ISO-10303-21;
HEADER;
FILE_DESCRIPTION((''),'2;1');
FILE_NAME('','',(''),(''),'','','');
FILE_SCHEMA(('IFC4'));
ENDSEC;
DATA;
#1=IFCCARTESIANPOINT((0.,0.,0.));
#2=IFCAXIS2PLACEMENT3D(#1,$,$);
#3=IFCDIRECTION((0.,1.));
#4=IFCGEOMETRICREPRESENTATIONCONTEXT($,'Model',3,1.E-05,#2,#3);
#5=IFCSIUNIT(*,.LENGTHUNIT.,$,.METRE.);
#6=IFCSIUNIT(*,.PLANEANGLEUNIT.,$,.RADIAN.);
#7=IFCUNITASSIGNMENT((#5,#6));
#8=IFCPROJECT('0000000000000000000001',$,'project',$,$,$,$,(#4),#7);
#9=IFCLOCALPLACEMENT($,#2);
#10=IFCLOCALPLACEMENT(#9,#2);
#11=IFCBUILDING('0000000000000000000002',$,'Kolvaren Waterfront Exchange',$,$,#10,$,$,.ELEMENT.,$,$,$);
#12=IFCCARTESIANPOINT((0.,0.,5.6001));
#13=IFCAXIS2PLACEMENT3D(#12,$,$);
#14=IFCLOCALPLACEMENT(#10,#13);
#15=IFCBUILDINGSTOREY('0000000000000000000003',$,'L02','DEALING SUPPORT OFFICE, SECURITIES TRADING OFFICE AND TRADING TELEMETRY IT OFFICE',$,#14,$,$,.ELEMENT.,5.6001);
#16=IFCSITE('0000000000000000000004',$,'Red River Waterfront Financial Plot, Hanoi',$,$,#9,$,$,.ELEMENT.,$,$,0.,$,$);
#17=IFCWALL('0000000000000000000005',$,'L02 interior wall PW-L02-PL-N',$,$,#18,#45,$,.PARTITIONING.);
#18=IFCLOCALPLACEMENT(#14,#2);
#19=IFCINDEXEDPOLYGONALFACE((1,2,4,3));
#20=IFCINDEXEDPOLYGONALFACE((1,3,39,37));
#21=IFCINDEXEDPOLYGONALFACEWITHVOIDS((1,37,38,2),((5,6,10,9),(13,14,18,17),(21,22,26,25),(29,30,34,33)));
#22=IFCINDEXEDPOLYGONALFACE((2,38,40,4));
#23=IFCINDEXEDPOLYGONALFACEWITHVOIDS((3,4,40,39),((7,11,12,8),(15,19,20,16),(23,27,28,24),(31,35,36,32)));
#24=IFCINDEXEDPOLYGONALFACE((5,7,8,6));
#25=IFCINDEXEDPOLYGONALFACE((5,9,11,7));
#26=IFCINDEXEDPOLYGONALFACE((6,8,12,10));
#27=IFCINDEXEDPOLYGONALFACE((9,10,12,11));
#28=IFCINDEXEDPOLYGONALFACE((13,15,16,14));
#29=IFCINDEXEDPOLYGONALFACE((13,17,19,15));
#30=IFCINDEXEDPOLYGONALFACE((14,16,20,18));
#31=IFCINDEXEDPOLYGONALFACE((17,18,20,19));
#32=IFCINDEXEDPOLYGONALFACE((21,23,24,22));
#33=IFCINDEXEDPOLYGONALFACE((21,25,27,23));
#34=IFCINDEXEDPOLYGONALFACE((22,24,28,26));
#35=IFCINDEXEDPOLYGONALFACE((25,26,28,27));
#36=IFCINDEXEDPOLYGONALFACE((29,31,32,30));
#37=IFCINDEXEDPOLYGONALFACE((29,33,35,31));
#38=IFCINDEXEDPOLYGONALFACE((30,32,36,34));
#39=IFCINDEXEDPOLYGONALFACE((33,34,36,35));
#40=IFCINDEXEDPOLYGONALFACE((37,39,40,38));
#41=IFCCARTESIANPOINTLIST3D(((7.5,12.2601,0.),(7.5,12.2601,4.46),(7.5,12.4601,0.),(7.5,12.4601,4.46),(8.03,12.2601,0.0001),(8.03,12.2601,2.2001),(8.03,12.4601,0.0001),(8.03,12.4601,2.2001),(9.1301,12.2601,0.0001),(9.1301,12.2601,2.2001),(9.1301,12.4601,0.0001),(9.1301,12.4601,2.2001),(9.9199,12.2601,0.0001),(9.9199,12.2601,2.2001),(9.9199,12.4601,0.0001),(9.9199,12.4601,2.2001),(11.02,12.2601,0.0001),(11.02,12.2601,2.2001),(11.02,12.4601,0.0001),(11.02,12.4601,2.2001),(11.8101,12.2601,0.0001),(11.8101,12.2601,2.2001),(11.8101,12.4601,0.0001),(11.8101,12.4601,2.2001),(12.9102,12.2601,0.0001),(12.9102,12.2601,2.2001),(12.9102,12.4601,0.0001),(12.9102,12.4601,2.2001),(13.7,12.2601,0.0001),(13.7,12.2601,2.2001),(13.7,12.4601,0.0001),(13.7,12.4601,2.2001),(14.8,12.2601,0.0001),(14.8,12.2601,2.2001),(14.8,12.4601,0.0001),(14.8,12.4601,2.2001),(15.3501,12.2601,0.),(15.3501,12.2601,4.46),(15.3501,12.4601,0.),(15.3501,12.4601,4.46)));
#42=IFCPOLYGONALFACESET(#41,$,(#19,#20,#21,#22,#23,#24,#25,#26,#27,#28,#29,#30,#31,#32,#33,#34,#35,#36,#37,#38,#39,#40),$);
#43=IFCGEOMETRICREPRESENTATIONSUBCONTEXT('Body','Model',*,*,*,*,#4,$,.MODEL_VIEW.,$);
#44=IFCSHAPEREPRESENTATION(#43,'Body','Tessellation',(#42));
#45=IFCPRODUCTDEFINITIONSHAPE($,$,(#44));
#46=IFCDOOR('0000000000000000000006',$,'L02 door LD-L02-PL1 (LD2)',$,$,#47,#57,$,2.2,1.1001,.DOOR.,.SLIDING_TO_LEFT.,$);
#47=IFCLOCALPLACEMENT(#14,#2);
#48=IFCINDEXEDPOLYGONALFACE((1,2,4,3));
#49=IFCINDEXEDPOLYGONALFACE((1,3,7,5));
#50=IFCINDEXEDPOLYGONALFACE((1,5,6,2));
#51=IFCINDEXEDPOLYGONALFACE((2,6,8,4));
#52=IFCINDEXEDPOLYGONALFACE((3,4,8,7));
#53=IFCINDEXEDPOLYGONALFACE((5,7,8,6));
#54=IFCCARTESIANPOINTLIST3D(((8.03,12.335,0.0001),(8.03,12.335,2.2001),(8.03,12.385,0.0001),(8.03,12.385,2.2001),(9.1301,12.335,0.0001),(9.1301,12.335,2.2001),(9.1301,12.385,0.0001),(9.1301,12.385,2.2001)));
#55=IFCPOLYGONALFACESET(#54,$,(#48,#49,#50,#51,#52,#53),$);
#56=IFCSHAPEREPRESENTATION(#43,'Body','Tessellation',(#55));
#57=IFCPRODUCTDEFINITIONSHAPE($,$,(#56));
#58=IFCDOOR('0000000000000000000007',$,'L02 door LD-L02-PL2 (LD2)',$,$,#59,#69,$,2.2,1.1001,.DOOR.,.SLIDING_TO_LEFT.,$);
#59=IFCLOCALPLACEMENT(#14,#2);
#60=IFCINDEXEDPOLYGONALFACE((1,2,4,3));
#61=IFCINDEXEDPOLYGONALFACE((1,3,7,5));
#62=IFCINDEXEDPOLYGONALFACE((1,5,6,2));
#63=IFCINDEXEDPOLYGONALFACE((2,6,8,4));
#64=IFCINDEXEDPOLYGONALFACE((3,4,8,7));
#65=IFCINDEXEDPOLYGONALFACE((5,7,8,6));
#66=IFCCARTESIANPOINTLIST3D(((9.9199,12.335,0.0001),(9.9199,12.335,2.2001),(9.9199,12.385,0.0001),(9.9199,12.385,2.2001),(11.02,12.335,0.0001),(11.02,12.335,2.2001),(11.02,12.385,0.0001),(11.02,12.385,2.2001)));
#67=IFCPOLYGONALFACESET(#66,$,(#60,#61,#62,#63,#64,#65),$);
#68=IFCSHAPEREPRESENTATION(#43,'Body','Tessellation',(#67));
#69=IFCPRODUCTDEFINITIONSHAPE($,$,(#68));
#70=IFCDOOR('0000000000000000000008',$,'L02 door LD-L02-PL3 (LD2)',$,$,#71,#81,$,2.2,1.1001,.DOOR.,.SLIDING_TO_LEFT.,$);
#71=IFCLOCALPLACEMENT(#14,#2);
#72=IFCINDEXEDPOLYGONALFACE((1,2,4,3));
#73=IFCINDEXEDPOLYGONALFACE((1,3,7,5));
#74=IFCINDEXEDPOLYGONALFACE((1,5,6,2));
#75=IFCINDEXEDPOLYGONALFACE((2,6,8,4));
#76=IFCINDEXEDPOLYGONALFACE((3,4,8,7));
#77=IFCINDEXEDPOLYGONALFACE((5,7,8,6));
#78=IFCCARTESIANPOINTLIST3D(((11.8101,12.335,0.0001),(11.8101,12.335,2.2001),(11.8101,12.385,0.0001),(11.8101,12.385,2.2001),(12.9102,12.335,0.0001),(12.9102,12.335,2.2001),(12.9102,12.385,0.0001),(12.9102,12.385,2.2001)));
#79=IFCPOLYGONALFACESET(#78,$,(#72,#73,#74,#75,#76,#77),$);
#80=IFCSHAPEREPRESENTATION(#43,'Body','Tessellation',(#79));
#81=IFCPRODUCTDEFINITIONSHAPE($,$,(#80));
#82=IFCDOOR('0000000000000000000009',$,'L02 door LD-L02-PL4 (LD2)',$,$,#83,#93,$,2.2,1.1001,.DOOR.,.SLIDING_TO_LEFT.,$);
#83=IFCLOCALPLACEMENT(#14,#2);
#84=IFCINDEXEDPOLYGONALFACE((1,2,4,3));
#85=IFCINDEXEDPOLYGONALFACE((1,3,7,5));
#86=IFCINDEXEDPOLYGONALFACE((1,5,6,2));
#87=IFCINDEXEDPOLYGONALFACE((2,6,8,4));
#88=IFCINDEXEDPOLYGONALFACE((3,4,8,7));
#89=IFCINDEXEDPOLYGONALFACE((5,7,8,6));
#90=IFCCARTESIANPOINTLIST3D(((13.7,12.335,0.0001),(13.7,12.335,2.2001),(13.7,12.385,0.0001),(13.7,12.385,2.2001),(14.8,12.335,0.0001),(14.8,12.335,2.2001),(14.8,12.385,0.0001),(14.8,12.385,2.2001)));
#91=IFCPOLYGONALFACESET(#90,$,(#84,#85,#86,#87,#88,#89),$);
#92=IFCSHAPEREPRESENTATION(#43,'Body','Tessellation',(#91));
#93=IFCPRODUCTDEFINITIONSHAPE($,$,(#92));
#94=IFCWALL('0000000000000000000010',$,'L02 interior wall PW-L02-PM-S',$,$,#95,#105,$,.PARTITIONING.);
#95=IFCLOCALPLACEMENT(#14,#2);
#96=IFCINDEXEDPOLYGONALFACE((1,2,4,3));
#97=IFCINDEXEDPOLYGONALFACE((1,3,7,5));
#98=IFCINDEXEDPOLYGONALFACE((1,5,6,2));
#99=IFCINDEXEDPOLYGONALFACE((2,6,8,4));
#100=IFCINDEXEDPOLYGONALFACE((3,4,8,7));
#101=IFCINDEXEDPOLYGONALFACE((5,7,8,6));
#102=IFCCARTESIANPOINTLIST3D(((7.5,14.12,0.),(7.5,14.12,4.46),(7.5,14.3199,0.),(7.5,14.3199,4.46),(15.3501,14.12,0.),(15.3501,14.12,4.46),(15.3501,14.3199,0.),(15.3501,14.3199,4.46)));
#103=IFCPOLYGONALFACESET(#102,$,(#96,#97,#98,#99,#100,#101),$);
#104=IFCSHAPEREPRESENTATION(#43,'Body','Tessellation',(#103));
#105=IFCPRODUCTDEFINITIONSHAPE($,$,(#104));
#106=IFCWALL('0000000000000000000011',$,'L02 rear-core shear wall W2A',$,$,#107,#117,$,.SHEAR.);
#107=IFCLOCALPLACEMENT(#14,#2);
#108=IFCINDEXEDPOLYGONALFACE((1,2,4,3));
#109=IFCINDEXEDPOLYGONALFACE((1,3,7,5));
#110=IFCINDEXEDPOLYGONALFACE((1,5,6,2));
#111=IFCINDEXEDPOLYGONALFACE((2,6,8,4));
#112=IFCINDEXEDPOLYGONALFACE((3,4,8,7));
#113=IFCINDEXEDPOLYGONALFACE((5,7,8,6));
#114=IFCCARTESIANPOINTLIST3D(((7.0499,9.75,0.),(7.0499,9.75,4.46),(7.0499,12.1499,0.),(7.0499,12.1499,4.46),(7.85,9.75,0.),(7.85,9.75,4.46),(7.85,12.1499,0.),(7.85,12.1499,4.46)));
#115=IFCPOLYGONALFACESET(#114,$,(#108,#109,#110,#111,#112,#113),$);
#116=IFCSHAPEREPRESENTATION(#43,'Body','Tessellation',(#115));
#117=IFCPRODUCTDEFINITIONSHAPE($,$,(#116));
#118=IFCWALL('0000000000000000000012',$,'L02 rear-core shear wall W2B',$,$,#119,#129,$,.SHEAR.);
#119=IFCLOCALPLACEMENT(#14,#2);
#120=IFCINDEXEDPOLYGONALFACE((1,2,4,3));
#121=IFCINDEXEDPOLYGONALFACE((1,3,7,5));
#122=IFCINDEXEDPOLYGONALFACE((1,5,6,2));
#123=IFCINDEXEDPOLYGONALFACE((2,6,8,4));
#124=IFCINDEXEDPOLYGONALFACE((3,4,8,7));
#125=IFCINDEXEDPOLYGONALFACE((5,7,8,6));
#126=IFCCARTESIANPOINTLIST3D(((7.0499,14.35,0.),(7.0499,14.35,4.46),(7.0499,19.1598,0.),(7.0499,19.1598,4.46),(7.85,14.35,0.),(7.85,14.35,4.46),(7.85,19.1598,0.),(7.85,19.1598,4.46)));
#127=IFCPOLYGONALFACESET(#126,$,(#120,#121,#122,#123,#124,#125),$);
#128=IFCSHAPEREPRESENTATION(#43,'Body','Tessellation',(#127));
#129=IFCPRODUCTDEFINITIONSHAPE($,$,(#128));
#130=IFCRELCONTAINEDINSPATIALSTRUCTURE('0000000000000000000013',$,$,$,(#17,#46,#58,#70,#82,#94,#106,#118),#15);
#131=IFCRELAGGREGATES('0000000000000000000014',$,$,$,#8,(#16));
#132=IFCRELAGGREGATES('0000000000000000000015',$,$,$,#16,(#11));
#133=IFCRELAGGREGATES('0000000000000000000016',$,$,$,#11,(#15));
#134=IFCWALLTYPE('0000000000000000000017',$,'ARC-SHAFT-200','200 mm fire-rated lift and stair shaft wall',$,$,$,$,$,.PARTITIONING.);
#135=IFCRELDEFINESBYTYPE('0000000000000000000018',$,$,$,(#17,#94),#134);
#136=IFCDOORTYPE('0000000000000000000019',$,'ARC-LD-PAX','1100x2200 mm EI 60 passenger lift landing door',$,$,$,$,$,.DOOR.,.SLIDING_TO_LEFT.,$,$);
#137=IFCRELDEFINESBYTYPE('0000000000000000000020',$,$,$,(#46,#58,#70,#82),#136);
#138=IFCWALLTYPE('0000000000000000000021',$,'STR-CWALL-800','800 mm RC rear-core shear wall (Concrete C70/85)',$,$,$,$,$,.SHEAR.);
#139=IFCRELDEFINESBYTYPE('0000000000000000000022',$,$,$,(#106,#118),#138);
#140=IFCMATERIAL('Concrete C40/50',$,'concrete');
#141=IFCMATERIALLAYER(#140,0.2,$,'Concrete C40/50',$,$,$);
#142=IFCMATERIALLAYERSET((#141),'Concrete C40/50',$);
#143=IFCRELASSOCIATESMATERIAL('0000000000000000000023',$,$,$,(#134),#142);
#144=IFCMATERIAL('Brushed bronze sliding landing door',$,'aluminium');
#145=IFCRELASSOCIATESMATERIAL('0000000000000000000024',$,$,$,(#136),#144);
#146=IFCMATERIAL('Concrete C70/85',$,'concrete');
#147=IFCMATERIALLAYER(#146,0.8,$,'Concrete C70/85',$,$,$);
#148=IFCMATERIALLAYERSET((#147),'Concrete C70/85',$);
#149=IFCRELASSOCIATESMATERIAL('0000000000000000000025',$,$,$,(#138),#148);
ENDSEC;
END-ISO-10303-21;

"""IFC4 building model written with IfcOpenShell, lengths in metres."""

from ifc_helpers import new_model, si_unit, direction, frame, frame_2d, origin, place, context, subcontext, project, spatial, rectangle, extrude, material, layer, layer_set, type_object, element, fill, save


model = new_model("IFC4")

# Units and contexts
model_context = context("Model", 3, precision=1e-05, world=origin(), true_north=direction((0.0, 1.0)))
body_context = subcontext(model_context, "Body", "Model", "MODEL_VIEW")
ifc_project = project(units=[si_unit("LENGTHUNIT", "METRE"), si_unit("PLANEANGLEUNIT", "RADIAN")], contexts=[model_context])

# Site, building, storey
site_placement = place(None, origin())
site = spatial("IfcSite", under=ifc_project, at=site_placement, Name="Red River Waterfront Financial Plot, Hanoi", CompositionType="ELEMENT", RefElevation=0.0)
building_placement = place(site_placement, origin())
building = spatial("IfcBuilding", under=site, at=building_placement, Name="Kolvaren Waterfront Exchange", CompositionType="ELEMENT")
storey_placement = place(building_placement, frame((0.0, 0.0, 5.6001)))
storey = spatial("IfcBuildingStorey", under=building, at=storey_placement, Name="L02", Description="DEALING SUPPORT OFFICE, SECURITIES TRADING OFFICE AND TRADING TELEMETRY IT OFFICE", CompositionType="ELEMENT", Elevation=5.6001)

# Shared definitions
ifc_material_1 = material(Name="Concrete C70/85", Category="concrete")

# Wall, openings, doors
ifc_material_2 = material(Name="Concrete C40/50", Category="concrete")
ifc_layer_1 = layer(ifc_material_2, 0.2, Name="Concrete C40/50")
ifc_layer_set_1 = layer_set([ifc_layer_1], Name="Concrete C40/50")
wall_type_1 = type_object("IfcWallType", Name="ARC-SHAFT-200", Description="200 mm fire-rated lift and stair shaft wall", PredefinedType="PARTITIONING", material=ifc_layer_set_1)
wall_1_placement = place(storey_placement, frame((7.5, 12.3601, 0.0), z_axis=(0.0, 0.0, 1.0), x_axis=(1.0, 0.0, 0.0)))
wall_1 = element("IfcWall", 1, at=wall_1_placement, inside=storey, type_object=wall_type_1, Name="L02 interior wall PW-L02-PL-N", PredefinedType="PARTITIONING", context=body_context, shape_type="SweptSolid", body=[
    extrude(rectangle(XDim=7.8501, YDim=0.2, at=frame_2d((3.925, 0.0))), origin(), (0.0, 0.0, 1.0), 4.46),
])
opening_1_placement = place(wall_1_placement, frame((0.53, 0.0, 0.0)))
opening_1 = element("IfcOpeningElement", 2, at=opening_1_placement, cuts=wall_1, PredefinedType="OPENING", context=body_context, shape_type="SweptSolid", body=[
    extrude(rectangle(XDim=1.1001, YDim=2.2, at=frame_2d((0.55, 1.1001))), frame((0.0, 0.1099, 0.0), z_axis=(0.0, -1.0, 0.0), x_axis=(1.0, 0.0, 0.0)), (0.0, 0.0, 1.0), 0.22),
])
opening_2_placement = place(wall_1_placement, frame((2.4199, 0.0, 0.0)))
opening_2 = element("IfcOpeningElement", 3, at=opening_2_placement, cuts=wall_1, PredefinedType="OPENING", context=body_context, shape_type="SweptSolid", body=[
    extrude(rectangle(XDim=1.1001, YDim=2.2, at=frame_2d((0.55, 1.1001))), frame((0.0, 0.1099, 0.0), z_axis=(0.0, -1.0, 0.0), x_axis=(1.0, 0.0, 0.0)), (0.0, 0.0, 1.0), 0.22),
])
opening_3_placement = place(wall_1_placement, frame((4.3101, 0.0, 0.0)))
opening_3 = element("IfcOpeningElement", 4, at=opening_3_placement, cuts=wall_1, PredefinedType="OPENING", context=body_context, shape_type="SweptSolid", body=[
    extrude(rectangle(XDim=1.1001, YDim=2.2, at=frame_2d((0.55, 1.1001))), frame((0.0, 0.1099, 0.0), z_axis=(0.0, -1.0, 0.0), x_axis=(1.0, 0.0, 0.0)), (0.0, 0.0, 1.0), 0.22),
])
opening_4_placement = place(wall_1_placement, frame((6.2, 0.0, 0.0)))
opening_4 = element("IfcOpeningElement", 5, at=opening_4_placement, cuts=wall_1, PredefinedType="OPENING", context=body_context, shape_type="SweptSolid", body=[
    extrude(rectangle(XDim=1.1001, YDim=2.2, at=frame_2d((0.55, 1.1001))), frame((0.0, 0.1099, 0.0), z_axis=(0.0, -1.0, 0.0), x_axis=(1.0, 0.0, 0.0)), (0.0, 0.0, 1.0), 0.22),
])
ifc_material_3 = material(Name="Brushed bronze sliding landing door", Category="aluminium")
door_type_1 = type_object("IfcDoorType", Name="ARC-LD-PAX", Description="1100x2200 mm EI 60 passenger lift landing door", OperationType="SLIDING_TO_LEFT", PredefinedType="DOOR", material=ifc_material_3)
door_1_placement = place(opening_1_placement, origin())
door_1 = element("IfcDoor", 6, at=door_1_placement, inside=storey, type_object=door_type_1, Name="L02 door LD-L02-PL1 (LD2)", OperationType="SLIDING_TO_LEFT", OverallHeight=2.2, OverallWidth=1.1001, PredefinedType="DOOR", context=body_context, shape_type="SweptSolid", body=[
    extrude(rectangle(XDim=1.1001, YDim=2.2, at=frame_2d((0.55, 1.1001))), frame((0.0, 0.0249, 0.0), z_axis=(0.0, -1.0, 0.0), x_axis=(1.0, 0.0, 0.0)), (0.0, 0.0, 1.0), 0.05),
])
fill(opening_1, door_1)
door_2_placement = place(opening_2_placement, origin())
door_2 = element("IfcDoor", 7, at=door_2_placement, inside=storey, type_object=door_type_1, Name="L02 door LD-L02-PL2 (LD2)", OperationType="SLIDING_TO_LEFT", OverallHeight=2.2, OverallWidth=1.1001, PredefinedType="DOOR", context=body_context, shape_type="SweptSolid", body=[
    extrude(rectangle(XDim=1.1001, YDim=2.2, at=frame_2d((0.55, 1.1001))), frame((0.0, 0.0249, 0.0), z_axis=(0.0, -1.0, 0.0), x_axis=(1.0, 0.0, 0.0)), (0.0, 0.0, 1.0), 0.05),
])
fill(opening_2, door_2)
door_3_placement = place(opening_3_placement, origin())
door_3 = element("IfcDoor", 8, at=door_3_placement, inside=storey, type_object=door_type_1, Name="L02 door LD-L02-PL3 (LD2)", OperationType="SLIDING_TO_LEFT", OverallHeight=2.2, OverallWidth=1.1001, PredefinedType="DOOR", context=body_context, shape_type="SweptSolid", body=[
    extrude(rectangle(XDim=1.1001, YDim=2.2, at=frame_2d((0.55, 1.1001))), frame((0.0, 0.0249, 0.0), z_axis=(0.0, -1.0, 0.0), x_axis=(1.0, 0.0, 0.0)), (0.0, 0.0, 1.0), 0.05),
])
fill(opening_3, door_3)
door_4_placement = place(opening_4_placement, origin())
door_4 = element("IfcDoor", 9, at=door_4_placement, inside=storey, type_object=door_type_1, Name="L02 door LD-L02-PL4 (LD2)", OperationType="SLIDING_TO_LEFT", OverallHeight=2.2, OverallWidth=1.1001, PredefinedType="DOOR", context=body_context, shape_type="SweptSolid", body=[
    extrude(rectangle(XDim=1.1001, YDim=2.2, at=frame_2d((0.55, 1.1001))), frame((0.0, 0.0249, 0.0), z_axis=(0.0, -1.0, 0.0), x_axis=(1.0, 0.0, 0.0)), (0.0, 0.0, 1.0), 0.05),
])
fill(opening_4, door_4)

# Walls
wall_2_placement = place(storey_placement, frame((7.5, 14.22, 0.0), z_axis=(0.0, 0.0, 1.0), x_axis=(1.0, 0.0, 0.0)))
element("IfcWall", 10, at=wall_2_placement, inside=storey, type_object=wall_type_1, Name="L02 interior wall PW-L02-PM-S", PredefinedType="PARTITIONING", context=body_context, shape_type="SweptSolid", body=[
    extrude(rectangle(XDim=7.8501, YDim=0.2, at=frame_2d((3.925, 0.0))), origin(), (0.0, 0.0, 1.0), 4.46),
])
ifc_layer_2 = layer(ifc_material_1, 0.8, Name="Concrete C70/85")
ifc_layer_set_2 = layer_set([ifc_layer_2], Name="Concrete C70/85")
wall_type_2 = type_object("IfcWallType", Name="STR-CWALL-800", Description="800 mm RC rear-core shear wall (Concrete C70/85)", PredefinedType="SHEAR", material=ifc_layer_set_2)
wall_3_placement = place(storey_placement, frame((7.45, 9.75, 0.0), z_axis=(0.0, 0.0, 1.0), x_axis=(0.0, 1.0, 0.0)))
element("IfcWall", 11, at=wall_3_placement, inside=storey, type_object=wall_type_2, Name="L02 rear-core shear wall W2A", PredefinedType="SHEAR", context=body_context, shape_type="SweptSolid", body=[
    extrude(rectangle(XDim=2.3999, YDim=0.8, at=frame_2d((1.2, 0.0))), origin(), (0.0, 0.0, 1.0), 4.46),
])
wall_4_placement = place(storey_placement, frame((7.45, 14.3501, 0.0), z_axis=(0.0, 0.0, 1.0), x_axis=(0.0, 1.0, 0.0)))
element("IfcWall", 12, at=wall_4_placement, inside=storey, type_object=wall_type_2, Name="L02 rear-core shear wall W2B", PredefinedType="SHEAR", context=body_context, shape_type="SweptSolid", body=[
    extrude(rectangle(XDim=4.8098, YDim=0.8, at=frame_2d((2.4048, 0.0))), origin(), (0.0, 0.0, 1.0), 4.46),
])

save(model, "model.ifc")
